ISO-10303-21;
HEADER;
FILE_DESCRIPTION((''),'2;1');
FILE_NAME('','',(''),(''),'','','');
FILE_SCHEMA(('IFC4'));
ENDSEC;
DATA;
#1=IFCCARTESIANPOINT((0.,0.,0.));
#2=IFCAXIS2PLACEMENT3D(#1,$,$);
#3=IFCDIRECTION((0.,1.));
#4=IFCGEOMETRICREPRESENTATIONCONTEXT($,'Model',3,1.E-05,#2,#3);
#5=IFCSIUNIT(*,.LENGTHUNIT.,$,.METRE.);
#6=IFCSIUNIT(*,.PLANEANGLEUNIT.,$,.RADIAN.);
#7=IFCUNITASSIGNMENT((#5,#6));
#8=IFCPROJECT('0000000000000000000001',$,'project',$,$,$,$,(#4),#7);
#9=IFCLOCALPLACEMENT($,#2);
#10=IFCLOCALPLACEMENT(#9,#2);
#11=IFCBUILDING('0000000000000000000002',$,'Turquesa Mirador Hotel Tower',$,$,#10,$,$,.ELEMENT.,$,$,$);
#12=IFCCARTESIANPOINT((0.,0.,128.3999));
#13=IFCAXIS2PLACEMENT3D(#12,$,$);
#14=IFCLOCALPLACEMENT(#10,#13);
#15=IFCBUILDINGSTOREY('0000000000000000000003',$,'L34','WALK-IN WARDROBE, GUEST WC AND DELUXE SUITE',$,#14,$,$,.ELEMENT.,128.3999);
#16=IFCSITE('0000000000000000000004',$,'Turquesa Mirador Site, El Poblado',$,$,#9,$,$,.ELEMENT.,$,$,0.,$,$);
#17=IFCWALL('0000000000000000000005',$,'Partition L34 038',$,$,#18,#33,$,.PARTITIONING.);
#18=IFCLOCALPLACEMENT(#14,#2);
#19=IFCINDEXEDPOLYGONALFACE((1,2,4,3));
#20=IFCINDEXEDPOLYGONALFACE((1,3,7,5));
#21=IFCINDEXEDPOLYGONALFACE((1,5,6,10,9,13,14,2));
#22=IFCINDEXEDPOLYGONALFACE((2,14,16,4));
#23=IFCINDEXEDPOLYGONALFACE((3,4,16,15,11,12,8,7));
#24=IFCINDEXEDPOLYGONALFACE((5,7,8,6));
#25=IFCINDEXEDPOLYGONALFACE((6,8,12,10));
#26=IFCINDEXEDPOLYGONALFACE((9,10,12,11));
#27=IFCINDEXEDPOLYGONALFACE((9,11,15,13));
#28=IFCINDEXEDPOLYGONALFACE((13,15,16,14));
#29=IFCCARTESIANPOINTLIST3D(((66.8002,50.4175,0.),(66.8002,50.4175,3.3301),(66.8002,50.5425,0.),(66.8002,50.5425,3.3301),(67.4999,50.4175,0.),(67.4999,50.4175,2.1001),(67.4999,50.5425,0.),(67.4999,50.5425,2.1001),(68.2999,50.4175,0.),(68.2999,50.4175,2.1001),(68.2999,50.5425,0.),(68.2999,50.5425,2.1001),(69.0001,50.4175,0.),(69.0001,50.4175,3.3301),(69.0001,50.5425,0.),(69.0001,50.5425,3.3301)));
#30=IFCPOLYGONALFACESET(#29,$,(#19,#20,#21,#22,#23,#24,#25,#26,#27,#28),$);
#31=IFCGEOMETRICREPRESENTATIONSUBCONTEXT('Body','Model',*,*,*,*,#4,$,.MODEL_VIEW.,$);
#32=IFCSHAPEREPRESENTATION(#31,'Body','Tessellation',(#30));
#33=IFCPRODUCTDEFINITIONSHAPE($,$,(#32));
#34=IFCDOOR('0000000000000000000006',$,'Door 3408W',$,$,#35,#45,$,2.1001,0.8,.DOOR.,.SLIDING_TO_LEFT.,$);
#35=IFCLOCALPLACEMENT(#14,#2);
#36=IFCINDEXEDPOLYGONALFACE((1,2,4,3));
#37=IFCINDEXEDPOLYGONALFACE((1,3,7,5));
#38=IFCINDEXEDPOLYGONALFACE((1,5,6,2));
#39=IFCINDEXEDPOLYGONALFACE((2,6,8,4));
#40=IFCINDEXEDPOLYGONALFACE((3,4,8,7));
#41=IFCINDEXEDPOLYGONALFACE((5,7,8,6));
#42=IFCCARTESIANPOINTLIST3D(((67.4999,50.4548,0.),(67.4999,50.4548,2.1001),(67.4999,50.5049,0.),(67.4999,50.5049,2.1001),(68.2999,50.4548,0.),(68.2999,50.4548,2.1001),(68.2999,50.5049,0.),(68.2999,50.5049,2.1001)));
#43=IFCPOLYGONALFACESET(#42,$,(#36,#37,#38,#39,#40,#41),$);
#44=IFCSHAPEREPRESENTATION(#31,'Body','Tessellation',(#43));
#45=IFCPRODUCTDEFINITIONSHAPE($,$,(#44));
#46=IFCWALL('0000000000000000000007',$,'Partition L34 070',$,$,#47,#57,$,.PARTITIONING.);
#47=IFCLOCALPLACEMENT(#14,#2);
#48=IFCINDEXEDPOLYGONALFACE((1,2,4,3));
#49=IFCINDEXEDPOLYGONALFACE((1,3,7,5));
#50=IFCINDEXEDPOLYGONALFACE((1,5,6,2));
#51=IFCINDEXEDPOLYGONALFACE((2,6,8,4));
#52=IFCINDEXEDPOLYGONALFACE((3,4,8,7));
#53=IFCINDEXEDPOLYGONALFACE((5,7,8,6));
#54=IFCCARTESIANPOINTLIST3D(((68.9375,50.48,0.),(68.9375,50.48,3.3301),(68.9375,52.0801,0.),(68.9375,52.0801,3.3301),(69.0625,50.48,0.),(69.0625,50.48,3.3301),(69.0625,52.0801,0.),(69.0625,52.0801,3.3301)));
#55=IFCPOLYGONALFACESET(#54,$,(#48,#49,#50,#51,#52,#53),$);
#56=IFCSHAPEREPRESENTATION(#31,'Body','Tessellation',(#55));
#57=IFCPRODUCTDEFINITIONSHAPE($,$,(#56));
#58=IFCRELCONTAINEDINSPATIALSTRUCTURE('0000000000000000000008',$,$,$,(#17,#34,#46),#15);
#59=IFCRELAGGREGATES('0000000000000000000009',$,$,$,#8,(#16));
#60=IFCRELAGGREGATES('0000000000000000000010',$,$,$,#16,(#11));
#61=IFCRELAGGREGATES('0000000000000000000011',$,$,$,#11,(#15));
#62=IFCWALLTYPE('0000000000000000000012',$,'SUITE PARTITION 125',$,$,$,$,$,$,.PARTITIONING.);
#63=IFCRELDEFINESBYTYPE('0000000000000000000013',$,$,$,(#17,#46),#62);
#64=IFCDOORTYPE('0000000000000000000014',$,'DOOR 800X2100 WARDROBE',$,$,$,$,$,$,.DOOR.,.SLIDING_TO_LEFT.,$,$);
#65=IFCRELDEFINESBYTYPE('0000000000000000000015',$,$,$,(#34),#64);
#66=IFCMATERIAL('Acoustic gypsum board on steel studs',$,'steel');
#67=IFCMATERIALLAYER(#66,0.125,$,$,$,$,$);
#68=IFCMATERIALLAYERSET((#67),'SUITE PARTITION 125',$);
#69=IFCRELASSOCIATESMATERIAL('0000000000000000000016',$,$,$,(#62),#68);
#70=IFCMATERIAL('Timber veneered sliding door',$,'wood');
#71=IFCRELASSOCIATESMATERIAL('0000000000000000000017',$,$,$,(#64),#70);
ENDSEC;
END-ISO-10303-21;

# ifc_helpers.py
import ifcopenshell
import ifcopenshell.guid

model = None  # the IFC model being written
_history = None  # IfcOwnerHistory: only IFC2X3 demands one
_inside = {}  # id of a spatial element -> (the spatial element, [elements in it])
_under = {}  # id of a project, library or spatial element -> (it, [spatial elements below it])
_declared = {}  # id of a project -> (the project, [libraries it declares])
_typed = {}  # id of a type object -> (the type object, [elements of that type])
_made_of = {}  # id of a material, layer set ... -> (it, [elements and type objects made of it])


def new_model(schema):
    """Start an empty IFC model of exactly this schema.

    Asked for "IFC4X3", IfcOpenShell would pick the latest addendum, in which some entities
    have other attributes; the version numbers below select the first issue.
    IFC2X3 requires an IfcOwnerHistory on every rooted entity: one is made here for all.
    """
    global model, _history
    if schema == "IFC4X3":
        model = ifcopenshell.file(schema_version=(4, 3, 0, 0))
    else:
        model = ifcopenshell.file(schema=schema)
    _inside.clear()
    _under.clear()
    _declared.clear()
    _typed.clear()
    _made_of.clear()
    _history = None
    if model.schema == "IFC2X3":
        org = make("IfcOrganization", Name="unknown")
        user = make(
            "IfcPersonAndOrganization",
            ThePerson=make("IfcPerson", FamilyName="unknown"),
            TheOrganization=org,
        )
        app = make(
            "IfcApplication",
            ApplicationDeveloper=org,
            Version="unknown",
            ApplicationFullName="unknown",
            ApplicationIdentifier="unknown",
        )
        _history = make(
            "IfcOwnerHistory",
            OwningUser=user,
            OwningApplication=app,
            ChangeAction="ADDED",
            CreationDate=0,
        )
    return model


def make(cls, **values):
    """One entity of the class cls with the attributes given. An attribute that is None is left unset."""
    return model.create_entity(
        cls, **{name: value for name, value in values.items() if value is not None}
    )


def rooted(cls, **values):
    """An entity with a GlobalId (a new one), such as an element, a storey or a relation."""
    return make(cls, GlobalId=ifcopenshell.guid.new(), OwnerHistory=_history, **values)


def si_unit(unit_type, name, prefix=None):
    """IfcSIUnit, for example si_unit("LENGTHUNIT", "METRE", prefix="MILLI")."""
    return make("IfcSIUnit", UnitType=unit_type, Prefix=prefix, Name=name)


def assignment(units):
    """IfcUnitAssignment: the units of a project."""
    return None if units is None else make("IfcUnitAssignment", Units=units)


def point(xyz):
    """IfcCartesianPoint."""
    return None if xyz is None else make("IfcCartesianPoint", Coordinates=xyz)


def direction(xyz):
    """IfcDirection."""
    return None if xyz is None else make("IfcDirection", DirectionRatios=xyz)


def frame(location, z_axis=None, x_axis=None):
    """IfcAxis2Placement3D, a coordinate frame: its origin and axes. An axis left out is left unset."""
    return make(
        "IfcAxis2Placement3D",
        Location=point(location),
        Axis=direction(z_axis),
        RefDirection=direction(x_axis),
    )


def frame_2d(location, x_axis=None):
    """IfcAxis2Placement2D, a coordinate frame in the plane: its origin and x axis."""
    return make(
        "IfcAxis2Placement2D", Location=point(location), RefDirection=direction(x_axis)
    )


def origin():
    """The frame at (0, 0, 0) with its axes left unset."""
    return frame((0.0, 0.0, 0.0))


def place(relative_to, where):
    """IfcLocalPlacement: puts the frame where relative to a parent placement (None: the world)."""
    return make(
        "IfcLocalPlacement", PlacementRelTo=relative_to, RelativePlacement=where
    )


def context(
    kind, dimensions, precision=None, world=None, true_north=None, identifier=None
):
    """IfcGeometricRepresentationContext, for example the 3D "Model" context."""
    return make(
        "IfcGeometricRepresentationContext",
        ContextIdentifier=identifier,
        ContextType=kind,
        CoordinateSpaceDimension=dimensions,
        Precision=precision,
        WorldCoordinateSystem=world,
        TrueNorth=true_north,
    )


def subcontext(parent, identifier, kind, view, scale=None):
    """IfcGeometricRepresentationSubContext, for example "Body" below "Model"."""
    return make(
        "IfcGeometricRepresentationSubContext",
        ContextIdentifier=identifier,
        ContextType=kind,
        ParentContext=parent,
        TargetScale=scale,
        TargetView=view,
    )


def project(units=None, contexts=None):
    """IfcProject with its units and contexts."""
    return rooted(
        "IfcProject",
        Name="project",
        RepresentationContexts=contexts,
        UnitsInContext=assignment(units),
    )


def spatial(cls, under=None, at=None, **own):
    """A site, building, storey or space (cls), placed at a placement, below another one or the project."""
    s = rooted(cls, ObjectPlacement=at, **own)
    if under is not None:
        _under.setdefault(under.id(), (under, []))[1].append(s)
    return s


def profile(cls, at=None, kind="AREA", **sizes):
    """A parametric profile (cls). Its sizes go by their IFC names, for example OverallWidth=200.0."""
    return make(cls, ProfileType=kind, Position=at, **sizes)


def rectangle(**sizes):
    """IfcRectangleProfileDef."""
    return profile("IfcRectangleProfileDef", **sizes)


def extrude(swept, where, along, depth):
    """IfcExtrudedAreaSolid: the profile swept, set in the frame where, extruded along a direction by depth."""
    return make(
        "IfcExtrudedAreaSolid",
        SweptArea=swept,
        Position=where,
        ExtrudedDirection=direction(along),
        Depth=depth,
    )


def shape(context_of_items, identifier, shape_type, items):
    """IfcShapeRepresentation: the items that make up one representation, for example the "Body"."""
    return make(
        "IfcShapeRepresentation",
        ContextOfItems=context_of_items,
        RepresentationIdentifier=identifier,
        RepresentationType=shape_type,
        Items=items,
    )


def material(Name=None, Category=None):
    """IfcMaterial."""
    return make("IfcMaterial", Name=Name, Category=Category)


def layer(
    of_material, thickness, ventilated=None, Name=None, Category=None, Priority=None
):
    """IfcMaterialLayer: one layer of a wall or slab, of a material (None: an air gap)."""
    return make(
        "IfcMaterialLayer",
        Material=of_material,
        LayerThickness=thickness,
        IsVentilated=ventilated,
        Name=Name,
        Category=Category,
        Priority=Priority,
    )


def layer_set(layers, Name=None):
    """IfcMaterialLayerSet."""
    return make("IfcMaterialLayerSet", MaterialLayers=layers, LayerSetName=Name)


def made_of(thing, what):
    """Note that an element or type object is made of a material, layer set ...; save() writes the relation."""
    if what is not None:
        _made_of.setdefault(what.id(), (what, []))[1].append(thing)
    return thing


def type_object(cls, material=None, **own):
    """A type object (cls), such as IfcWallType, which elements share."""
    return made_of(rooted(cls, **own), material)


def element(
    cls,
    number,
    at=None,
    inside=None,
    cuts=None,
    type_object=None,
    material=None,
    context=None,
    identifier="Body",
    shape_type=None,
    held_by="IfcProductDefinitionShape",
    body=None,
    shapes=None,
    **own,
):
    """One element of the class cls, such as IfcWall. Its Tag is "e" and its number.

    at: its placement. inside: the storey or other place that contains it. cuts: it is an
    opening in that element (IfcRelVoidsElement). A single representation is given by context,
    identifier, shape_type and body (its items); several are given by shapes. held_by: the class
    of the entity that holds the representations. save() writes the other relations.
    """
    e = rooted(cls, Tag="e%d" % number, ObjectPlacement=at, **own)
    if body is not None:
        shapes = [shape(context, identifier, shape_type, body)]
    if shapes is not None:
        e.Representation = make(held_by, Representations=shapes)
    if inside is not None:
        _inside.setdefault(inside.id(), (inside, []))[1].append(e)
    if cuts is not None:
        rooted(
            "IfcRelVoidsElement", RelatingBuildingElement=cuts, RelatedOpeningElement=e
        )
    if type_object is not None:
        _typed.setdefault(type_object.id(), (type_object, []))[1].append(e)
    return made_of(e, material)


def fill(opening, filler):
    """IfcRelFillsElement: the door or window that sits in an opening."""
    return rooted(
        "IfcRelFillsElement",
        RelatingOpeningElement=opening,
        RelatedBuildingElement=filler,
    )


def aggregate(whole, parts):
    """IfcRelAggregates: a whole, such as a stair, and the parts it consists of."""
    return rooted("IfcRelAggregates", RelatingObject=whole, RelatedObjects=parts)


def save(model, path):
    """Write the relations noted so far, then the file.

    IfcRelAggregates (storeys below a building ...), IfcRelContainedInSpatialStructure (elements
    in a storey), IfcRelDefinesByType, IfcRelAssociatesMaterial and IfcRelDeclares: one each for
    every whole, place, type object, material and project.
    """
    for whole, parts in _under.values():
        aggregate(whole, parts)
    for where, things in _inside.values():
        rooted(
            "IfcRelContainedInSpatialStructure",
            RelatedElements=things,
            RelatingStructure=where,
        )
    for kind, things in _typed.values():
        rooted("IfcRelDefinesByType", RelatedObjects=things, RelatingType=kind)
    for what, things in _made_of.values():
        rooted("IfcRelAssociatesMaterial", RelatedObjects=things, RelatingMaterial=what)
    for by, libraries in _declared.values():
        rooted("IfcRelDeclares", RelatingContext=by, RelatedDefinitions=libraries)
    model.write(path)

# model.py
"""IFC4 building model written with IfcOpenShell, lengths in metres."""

from ifc_helpers import new_model, si_unit, direction, frame, frame_2d, origin, place, context, subcontext, project, spatial, rectangle, extrude, material, layer, layer_set, type_object, element, fill, save


model = new_model("IFC4")

# Units and contexts
model_context = context("Model", 3, precision=1e-05, world=origin(), true_north=direction((0.0, 1.0)))
body_context = subcontext(model_context, "Body", "Model", "MODEL_VIEW")
ifc_project = project(units=[si_unit("LENGTHUNIT", "METRE"), si_unit("PLANEANGLEUNIT", "RADIAN")], contexts=[model_context])

# Site, building, storey
site_placement = place(None, origin())
site = spatial("IfcSite", under=ifc_project, at=site_placement, Name="Turquesa Mirador Site, El Poblado", CompositionType="ELEMENT", RefElevation=0.0)
building_placement = place(site_placement, origin())
building = spatial("IfcBuilding", under=site, at=building_placement, Name="Turquesa Mirador Hotel Tower", CompositionType="ELEMENT")
storey_placement = place(building_placement, frame((0.0, 0.0, 128.3999)))
storey = spatial("IfcBuildingStorey", under=building, at=storey_placement, Name="L34", Description="WALK-IN WARDROBE, GUEST WC AND DELUXE SUITE", CompositionType="ELEMENT", Elevation=128.3999)

# Wall, opening, door
ifc_material_1 = material(Name="Acoustic gypsum board on steel studs", Category="steel")
ifc_layer_1 = layer(ifc_material_1, 0.125)
ifc_layer_set_1 = layer_set([ifc_layer_1], Name="SUITE PARTITION 125")
wall_type_1 = type_object("IfcWallType", Name="SUITE PARTITION 125", PredefinedType="PARTITIONING", material=ifc_layer_set_1)
wall_1_placement = place(storey_placement, frame((66.8, 50.48, 0.0), z_axis=(0.0, 0.0, 1.0), x_axis=(1.0, 0.0, 0.0)))
wall_1 = element("IfcWall", 1, at=wall_1_placement, inside=storey, type_object=wall_type_1, Name="Partition L34 038", PredefinedType="PARTITIONING", context=body_context, shape_type="SweptSolid", body=[
    extrude(rectangle(XDim=2.2, YDim=0.125, at=frame_2d((1.1001, 0.0))), origin(), (0.0, 0.0, 1.0), 3.3301),
])
opening_1_placement = place(wall_1_placement, frame((0.7, 0.0, 0.0)))
opening_1 = element("IfcOpeningElement", 2, at=opening_1_placement, cuts=wall_1, PredefinedType="OPENING", context=body_context, shape_type="SweptSolid", body=[
    extrude(rectangle(XDim=0.8, YDim=2.1001, at=frame_2d((0.3999, 1.05))), frame((0.0, 0.0725, 0.0), z_axis=(0.0, -1.0, 0.0), x_axis=(1.0, 0.0, 0.0)), (0.0, 0.0, 1.0), 0.145),
])
ifc_material_2 = material(Name="Timber veneered sliding door", Category="wood")
door_type_1 = type_object("IfcDoorType", Name="DOOR 800X2100 WARDROBE", OperationType="SLIDING_TO_LEFT", PredefinedType="DOOR", material=ifc_material_2)
door_1_placement = place(opening_1_placement, origin())
door_1 = element("IfcDoor", 3, at=door_1_placement, inside=storey, type_object=door_type_1, Name="Door 3408W", OperationType="SLIDING_TO_LEFT", OverallHeight=2.1001, OverallWidth=0.8, PredefinedType="DOOR", context=body_context, shape_type="SweptSolid", body=[
    extrude(rectangle(XDim=0.8, YDim=2.1001, at=frame_2d((0.3999, 1.05))), frame((0.0, 0.0249, 0.0), z_axis=(0.0, -1.0, 0.0), x_axis=(1.0, 0.0, 0.0)), (0.0, 0.0, 1.0), 0.05),
])
fill(opening_1, door_1)

# Wall
wall_2_placement = place(storey_placement, frame((69.0, 50.48, 0.0), z_axis=(0.0, 0.0, 1.0), x_axis=(0.0, 1.0, 0.0)))
element("IfcWall", 4, at=wall_2_placement, inside=storey, type_object=wall_type_1, Name="Partition L34 070", PredefinedType="PARTITIONING", context=body_context, shape_type="SweptSolid", body=[
    extrude(rectangle(XDim=1.6001, YDim=0.125, at=frame_2d((0.8, 0.0))), origin(), (0.0, 0.0, 1.0), 3.3301),
])

save(model, "model.ifc")
